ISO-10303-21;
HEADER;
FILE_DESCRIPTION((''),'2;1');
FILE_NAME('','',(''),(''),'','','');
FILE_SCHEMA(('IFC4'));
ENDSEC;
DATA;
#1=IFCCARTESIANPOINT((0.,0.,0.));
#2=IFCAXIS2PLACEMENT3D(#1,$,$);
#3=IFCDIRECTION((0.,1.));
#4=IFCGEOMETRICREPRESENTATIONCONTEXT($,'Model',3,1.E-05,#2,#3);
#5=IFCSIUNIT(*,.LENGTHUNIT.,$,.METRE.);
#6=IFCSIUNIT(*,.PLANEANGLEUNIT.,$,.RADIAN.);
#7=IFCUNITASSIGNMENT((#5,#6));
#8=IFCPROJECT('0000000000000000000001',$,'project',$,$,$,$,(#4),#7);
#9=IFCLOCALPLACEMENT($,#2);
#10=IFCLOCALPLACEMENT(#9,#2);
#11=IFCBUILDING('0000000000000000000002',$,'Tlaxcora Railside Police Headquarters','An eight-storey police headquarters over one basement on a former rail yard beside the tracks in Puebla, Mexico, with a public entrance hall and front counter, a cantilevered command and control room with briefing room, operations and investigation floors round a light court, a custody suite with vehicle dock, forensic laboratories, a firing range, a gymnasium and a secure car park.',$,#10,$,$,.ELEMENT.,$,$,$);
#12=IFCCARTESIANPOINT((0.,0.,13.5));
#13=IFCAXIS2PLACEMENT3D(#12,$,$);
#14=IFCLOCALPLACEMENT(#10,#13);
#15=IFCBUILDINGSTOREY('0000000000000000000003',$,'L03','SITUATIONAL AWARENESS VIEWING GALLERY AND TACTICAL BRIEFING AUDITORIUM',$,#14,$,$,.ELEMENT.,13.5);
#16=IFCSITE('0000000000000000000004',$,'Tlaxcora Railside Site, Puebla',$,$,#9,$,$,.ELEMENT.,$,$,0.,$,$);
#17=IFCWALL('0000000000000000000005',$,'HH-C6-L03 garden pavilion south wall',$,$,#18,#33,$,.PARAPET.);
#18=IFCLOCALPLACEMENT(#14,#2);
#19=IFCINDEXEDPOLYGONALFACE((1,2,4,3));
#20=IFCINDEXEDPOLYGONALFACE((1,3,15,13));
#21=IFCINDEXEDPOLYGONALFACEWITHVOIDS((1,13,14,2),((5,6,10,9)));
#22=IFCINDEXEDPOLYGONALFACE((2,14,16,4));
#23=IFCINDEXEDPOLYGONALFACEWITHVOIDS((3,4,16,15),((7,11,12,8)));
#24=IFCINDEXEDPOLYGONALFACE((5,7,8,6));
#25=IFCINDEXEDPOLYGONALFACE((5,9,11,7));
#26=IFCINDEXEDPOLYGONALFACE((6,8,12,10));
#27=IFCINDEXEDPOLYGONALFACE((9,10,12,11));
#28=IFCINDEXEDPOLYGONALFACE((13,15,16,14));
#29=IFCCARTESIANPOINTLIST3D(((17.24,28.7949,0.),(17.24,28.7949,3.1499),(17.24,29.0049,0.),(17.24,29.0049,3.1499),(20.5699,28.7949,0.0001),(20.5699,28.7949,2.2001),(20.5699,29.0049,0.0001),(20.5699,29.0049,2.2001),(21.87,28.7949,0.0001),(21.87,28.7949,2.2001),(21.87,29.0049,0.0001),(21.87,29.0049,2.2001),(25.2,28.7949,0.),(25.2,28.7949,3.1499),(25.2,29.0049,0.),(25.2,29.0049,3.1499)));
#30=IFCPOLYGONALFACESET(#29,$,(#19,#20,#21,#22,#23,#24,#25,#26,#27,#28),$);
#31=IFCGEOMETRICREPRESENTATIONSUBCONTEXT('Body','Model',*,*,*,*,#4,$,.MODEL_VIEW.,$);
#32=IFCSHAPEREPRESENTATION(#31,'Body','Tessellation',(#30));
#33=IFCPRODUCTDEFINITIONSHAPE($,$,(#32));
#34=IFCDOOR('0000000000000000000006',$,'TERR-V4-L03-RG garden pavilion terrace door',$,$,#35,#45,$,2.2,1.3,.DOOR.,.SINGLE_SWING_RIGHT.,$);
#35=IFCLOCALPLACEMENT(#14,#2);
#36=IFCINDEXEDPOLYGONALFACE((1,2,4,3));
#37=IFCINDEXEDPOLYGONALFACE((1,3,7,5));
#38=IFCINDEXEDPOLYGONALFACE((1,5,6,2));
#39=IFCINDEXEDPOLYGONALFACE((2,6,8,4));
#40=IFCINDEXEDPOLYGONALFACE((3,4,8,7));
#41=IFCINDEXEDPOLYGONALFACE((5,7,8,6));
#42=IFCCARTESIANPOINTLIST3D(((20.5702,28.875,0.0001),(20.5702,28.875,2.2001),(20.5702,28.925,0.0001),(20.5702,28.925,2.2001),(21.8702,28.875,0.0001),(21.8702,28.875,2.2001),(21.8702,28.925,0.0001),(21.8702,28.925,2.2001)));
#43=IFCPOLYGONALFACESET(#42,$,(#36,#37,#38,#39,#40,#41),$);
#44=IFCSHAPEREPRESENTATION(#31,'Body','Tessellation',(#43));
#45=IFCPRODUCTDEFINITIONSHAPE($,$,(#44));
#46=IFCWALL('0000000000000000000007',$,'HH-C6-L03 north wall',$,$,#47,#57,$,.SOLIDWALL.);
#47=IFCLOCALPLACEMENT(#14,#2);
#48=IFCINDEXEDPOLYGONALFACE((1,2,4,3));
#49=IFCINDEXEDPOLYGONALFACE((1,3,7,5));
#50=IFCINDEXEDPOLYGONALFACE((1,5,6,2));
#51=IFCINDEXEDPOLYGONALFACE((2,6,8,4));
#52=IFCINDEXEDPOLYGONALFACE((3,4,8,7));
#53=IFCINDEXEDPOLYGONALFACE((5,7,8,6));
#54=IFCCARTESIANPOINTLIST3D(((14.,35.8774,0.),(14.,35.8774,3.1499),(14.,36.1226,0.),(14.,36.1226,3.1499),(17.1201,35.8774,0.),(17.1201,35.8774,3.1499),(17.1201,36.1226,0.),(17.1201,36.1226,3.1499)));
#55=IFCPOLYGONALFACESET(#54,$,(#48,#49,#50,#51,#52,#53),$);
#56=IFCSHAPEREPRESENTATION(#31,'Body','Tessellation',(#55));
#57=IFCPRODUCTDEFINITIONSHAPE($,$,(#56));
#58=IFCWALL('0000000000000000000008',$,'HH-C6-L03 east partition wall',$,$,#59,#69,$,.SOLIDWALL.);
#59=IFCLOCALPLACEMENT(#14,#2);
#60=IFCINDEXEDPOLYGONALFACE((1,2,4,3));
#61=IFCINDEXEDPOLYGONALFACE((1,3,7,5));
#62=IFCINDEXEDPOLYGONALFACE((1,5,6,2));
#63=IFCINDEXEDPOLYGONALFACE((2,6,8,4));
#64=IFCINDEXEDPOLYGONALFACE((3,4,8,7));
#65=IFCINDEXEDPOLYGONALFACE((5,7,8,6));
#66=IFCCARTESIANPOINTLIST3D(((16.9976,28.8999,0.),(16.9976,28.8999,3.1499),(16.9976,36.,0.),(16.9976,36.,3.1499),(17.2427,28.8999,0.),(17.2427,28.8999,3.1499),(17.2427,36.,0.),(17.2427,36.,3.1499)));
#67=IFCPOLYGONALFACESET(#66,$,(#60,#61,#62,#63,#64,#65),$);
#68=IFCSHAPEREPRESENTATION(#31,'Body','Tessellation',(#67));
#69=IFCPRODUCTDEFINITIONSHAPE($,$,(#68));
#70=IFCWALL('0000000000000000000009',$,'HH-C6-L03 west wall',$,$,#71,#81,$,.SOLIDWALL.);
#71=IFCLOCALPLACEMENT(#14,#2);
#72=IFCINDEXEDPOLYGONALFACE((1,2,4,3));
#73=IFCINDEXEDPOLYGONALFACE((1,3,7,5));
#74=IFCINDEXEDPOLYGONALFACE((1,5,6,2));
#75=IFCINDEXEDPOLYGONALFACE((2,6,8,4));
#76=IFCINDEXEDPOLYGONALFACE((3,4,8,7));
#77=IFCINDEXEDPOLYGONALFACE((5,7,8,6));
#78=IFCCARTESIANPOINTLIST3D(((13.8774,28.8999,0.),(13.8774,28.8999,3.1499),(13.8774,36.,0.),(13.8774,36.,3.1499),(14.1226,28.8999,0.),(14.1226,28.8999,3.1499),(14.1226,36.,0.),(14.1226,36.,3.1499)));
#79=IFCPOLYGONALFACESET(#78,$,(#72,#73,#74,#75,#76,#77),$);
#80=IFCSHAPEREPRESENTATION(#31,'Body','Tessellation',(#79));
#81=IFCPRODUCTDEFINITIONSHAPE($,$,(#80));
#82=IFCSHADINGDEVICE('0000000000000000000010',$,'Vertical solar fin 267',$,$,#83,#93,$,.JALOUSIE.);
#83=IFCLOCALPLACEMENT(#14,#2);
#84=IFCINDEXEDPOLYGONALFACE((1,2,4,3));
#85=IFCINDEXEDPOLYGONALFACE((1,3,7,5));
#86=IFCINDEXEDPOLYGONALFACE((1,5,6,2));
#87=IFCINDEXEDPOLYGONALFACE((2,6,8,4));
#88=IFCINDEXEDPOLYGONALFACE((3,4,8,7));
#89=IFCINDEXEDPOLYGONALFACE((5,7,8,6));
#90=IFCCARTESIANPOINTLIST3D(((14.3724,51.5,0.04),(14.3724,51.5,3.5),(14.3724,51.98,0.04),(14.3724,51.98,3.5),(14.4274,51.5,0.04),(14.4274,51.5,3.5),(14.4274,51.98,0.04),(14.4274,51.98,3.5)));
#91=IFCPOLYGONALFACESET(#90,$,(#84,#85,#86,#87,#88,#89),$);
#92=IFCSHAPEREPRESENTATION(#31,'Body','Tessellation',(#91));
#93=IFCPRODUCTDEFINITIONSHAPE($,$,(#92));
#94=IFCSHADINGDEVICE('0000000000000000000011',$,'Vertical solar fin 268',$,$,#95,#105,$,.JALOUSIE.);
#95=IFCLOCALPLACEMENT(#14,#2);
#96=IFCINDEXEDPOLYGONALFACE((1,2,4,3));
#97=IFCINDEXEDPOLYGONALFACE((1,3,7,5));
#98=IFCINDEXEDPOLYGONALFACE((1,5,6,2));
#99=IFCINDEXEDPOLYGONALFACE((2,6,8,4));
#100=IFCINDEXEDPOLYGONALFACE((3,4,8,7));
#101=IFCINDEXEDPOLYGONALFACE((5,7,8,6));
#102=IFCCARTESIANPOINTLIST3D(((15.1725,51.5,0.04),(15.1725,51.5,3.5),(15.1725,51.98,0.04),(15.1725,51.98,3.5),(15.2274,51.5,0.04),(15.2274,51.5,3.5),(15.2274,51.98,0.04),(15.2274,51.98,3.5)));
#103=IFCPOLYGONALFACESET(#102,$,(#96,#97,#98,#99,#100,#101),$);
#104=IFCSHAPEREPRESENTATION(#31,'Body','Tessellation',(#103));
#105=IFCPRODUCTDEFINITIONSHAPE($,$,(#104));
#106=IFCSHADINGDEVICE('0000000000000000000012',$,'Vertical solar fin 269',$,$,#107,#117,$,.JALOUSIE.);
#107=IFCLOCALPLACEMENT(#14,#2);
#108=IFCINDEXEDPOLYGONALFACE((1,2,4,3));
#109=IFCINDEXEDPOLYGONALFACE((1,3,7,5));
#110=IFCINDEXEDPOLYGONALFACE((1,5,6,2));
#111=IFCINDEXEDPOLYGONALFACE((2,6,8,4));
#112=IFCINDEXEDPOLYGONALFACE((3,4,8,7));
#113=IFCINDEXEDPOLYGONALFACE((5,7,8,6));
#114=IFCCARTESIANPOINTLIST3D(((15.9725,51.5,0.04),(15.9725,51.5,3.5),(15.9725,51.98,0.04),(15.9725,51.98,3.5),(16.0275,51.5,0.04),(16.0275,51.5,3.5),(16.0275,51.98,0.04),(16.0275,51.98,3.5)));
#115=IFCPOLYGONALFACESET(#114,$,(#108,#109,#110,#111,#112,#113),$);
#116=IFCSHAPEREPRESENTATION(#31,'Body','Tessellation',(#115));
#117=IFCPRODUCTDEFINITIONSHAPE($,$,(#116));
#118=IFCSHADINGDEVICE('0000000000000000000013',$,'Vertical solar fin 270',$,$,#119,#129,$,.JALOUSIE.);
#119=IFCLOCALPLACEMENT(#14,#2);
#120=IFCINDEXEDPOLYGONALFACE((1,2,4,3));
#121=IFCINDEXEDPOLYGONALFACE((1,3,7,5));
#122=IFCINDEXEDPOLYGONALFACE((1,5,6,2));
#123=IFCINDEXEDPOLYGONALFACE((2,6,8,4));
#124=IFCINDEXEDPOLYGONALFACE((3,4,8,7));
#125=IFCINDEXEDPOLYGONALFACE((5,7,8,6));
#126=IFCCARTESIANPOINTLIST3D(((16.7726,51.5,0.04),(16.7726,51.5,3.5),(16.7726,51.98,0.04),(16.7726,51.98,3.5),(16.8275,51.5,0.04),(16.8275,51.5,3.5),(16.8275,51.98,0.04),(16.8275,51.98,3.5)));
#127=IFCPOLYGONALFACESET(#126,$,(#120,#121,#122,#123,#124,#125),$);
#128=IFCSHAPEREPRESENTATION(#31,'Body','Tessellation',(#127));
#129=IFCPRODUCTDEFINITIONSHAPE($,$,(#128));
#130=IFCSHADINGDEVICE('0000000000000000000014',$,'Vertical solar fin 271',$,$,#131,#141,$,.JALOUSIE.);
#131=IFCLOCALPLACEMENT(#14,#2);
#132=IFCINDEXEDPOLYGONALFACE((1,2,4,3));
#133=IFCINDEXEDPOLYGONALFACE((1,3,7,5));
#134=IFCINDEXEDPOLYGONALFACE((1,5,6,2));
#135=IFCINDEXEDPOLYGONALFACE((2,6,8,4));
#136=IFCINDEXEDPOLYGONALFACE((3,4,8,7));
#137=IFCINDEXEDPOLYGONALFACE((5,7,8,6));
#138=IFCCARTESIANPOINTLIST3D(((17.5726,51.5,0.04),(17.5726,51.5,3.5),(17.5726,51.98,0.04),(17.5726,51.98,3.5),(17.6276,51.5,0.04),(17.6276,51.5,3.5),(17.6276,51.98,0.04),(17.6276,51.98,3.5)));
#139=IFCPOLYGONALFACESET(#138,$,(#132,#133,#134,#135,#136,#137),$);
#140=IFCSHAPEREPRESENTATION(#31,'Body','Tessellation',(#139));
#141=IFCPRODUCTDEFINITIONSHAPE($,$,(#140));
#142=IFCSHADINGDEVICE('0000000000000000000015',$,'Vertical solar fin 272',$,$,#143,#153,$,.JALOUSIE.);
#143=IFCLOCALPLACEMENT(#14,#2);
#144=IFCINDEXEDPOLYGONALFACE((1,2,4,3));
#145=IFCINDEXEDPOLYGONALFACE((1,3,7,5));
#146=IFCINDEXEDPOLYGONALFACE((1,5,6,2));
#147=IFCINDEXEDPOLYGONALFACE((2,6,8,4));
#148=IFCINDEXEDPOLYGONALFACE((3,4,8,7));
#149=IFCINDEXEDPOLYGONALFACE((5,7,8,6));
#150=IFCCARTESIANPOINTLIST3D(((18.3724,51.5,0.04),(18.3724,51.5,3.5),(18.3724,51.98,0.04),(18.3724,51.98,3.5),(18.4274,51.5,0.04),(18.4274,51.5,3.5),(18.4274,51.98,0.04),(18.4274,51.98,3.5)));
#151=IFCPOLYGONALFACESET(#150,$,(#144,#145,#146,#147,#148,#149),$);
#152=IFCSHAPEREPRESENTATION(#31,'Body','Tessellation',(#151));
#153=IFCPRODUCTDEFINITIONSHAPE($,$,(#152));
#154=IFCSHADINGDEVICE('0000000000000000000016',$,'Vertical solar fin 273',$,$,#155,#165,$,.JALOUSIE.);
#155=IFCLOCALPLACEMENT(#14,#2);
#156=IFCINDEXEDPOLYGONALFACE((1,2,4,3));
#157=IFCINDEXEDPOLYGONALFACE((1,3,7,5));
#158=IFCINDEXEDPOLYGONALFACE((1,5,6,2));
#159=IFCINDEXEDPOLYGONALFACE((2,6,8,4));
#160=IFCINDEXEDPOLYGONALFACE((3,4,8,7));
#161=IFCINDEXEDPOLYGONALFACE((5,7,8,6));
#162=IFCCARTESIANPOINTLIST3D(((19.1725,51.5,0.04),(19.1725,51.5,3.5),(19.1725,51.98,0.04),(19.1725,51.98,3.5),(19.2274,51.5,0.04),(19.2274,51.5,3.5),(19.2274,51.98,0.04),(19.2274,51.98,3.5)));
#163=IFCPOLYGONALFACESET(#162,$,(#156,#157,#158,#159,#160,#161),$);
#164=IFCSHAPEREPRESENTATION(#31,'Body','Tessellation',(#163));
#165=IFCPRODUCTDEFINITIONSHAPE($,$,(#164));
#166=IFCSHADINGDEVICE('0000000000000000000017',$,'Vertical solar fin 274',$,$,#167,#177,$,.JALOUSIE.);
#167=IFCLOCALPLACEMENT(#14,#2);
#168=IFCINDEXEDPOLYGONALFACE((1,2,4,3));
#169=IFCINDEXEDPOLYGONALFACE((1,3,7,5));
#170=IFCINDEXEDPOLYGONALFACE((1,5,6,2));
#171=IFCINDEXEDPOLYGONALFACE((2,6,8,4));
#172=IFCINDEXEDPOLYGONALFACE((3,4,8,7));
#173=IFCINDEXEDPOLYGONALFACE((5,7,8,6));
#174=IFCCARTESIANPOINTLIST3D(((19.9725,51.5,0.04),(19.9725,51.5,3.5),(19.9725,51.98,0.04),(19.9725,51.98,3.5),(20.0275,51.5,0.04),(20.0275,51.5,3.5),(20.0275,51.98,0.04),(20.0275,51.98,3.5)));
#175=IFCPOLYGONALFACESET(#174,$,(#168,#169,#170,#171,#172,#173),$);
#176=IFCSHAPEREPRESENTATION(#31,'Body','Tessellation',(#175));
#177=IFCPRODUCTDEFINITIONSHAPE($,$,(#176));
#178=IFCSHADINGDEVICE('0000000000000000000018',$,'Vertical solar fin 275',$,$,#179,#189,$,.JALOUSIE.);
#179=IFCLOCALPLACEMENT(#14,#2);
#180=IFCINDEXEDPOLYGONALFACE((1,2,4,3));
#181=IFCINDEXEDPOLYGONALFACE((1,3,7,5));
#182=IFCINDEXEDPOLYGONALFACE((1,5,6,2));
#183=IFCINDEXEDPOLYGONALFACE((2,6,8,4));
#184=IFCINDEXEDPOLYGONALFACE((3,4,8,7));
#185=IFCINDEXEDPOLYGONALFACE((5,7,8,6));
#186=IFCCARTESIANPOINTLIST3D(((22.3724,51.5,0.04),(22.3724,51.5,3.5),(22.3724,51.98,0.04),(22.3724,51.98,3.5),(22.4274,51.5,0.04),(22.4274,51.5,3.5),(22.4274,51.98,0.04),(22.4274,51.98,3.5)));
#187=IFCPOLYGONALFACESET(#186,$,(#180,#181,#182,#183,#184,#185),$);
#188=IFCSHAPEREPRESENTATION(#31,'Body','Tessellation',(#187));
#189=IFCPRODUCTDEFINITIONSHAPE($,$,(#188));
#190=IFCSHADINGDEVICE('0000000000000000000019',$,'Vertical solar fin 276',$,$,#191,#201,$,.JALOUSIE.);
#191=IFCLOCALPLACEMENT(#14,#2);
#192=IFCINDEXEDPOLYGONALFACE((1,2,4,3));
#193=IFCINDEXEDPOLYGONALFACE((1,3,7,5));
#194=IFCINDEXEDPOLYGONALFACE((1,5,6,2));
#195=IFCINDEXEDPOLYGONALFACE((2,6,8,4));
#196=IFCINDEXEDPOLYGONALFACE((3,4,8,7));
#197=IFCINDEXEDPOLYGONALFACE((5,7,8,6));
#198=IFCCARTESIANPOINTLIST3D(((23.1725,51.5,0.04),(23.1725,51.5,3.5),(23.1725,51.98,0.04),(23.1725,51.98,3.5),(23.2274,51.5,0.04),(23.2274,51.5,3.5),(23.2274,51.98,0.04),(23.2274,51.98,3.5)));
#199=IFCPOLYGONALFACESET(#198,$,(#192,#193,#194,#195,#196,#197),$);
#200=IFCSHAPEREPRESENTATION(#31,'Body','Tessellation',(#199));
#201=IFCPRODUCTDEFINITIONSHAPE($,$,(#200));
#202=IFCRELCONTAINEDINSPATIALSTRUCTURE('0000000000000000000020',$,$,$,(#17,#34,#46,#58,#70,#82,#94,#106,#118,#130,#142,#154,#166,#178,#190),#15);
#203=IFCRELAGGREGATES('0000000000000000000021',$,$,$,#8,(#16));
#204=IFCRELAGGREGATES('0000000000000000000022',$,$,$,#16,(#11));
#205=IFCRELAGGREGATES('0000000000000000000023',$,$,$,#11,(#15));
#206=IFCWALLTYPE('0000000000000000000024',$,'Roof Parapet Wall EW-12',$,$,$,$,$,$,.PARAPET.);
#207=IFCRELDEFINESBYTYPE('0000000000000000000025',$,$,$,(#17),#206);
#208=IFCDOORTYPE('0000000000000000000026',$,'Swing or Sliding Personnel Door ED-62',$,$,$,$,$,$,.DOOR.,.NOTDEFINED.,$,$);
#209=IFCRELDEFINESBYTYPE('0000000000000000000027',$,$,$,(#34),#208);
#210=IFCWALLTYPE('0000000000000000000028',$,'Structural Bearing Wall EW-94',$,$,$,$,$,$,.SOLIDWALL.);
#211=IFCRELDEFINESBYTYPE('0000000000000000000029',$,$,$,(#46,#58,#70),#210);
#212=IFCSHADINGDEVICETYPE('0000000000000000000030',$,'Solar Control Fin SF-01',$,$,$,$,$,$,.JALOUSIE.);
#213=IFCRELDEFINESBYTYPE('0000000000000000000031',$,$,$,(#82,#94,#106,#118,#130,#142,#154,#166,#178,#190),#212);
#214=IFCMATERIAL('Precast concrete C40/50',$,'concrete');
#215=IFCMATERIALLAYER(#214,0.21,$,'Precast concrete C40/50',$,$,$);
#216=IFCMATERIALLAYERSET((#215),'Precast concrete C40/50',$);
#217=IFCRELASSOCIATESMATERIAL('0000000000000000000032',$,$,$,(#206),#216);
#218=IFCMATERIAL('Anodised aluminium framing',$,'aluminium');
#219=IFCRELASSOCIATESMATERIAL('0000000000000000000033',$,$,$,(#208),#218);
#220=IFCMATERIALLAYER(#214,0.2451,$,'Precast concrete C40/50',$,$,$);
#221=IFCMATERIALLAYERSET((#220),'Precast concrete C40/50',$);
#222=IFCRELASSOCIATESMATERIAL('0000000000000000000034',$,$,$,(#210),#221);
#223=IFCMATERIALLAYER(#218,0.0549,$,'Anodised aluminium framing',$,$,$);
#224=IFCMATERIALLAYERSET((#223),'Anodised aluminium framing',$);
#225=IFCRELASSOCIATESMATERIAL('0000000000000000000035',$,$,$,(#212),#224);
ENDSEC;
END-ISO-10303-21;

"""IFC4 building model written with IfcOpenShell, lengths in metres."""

from ifc_helpers import new_model, si_unit, direction, frame, frame_2d, origin, origin_2d, place, context, subcontext, project, spatial, rectangle, extrude, material, layer, layer_set, type_object, element, fill, save


model = new_model("IFC4")

# Units and contexts
model_context = context("Model", 3, precision=1e-05, world=origin(), true_north=direction((0.0, 1.0)))
body_context = subcontext(model_context, "Body", "Model", "MODEL_VIEW")
ifc_project = project(units=[si_unit("LENGTHUNIT", "METRE"), si_unit("PLANEANGLEUNIT", "RADIAN")], contexts=[model_context])

# Site, building, storey
site_placement = place(None, origin())
site = spatial("IfcSite", under=ifc_project, at=site_placement, Name="Tlaxcora Railside Site, Puebla", CompositionType="ELEMENT", RefElevation=0.0)
building_placement = place(site_placement, origin())
building = spatial("IfcBuilding", under=site, at=building_placement, Name="Tlaxcora Railside Police Headquarters", Description="An eight-storey police headquarters over one basement on a former rail yard beside the tracks in Puebla, Mexico, with a public entrance hall and front counter, a cantilevered command and control room with briefing room, operations and investigation floors round a light court, a custody suite with vehicle dock, forensic laboratories, a firing range, a gymnasium and a secure car park.", CompositionType="ELEMENT")
storey_placement = place(building_placement, frame((0.0, 0.0, 13.5)))
storey = spatial("IfcBuildingStorey", under=building, at=storey_placement, Name="L03", Description="SITUATIONAL AWARENESS VIEWING GALLERY AND TACTICAL BRIEFING AUDITORIUM", CompositionType="ELEMENT", Elevation=13.5)

# Wall, opening, door
ifc_material_1 = material(Name="Precast concrete C40/50", Category="concrete")
ifc_layer_1 = layer(ifc_material_1, 0.21, Name="Precast concrete C40/50")
ifc_layer_set_1 = layer_set([ifc_layer_1], Name="Precast concrete C40/50")
wall_type_1 = type_object("IfcWallType", Name="Roof Parapet Wall EW-12", PredefinedType="PARAPET", material=ifc_layer_set_1)
wall_1_placement = place(storey_placement, frame((17.24, 28.8999, 0.0), z_axis=(0.0, 0.0, 1.0), x_axis=(1.0, 0.0, 0.0)))
wall_1 = element("IfcWall", 1, at=wall_1_placement, inside=storey, type_object=wall_type_1, Name="HH-C6-L03 garden pavilion south wall", PredefinedType="PARAPET", context=body_context, shape_type="SweptSolid", body=[
    extrude(rectangle(XDim=7.96, YDim=0.21, at=frame_2d((3.98, 0.0))), origin(), (0.0, 0.0, 1.0), 3.1499),
])
opening_1_placement = place(wall_1_placement, frame((3.3301, 0.0, 0.0)))
opening_1 = element("IfcOpeningElement", 2, at=opening_1_placement, cuts=wall_1, PredefinedType="OPENING", context=body_context, shape_type="SweptSolid", body=[
    extrude(rectangle(XDim=1.3, YDim=2.2, at=frame_2d((0.6499, 1.1001))), frame((0.0, 0.115, 0.0), z_axis=(0.0, -1.0, 0.0), x_axis=(1.0, 0.0, 0.0)), (0.0, 0.0, 1.0), 0.23),
])
ifc_material_2 = material(Name="Anodised aluminium framing", Category="aluminium")
door_type_1 = type_object("IfcDoorType", Name="Swing or Sliding Personnel Door ED-62", OperationType="NOTDEFINED", PredefinedType="DOOR", material=ifc_material_2)
door_1_placement = place(opening_1_placement, frame((1.3, 0.0, 0.0), z_axis=(0.0, 0.0, 1.0), x_axis=(-1.0, 0.0, 0.0)))
door_1 = element("IfcDoor", 3, at=door_1_placement, inside=storey, type_object=door_type_1, Name="TERR-V4-L03-RG garden pavilion terrace door", OperationType="SINGLE_SWING_RIGHT", OverallHeight=2.2, OverallWidth=1.3, PredefinedType="DOOR", context=body_context, shape_type="SweptSolid", body=[
    extrude(rectangle(XDim=1.3, YDim=2.2, at=frame_2d((0.6499, 1.1001))), frame((0.0, 0.0249, 0.0), z_axis=(0.0, -1.0, 0.0), x_axis=(1.0, 0.0, 0.0)), (0.0, 0.0, 1.0), 0.05),
])
fill(opening_1, door_1)
ifc_layer_2 = layer(ifc_material_1, 0.2451, Name="Precast concrete C40/50")
ifc_layer_set_2 = layer_set([ifc_layer_2], Name="Precast concrete C40/50")
wall_type_2 = type_object("IfcWallType", Name="Structural Bearing Wall EW-94", PredefinedType="SOLIDWALL", material=ifc_layer_set_2)

# Walls
wall_2_placement = place(storey_placement, frame((17.1201, 36.0, 0.0), z_axis=(0.0, 0.0, 1.0), x_axis=(-1.0, 0.0, 0.0)))
element("IfcWall", 4, at=wall_2_placement, inside=storey, type_object=wall_type_2, Name="HH-C6-L03 north wall", PredefinedType="SOLIDWALL", context=body_context, shape_type="SweptSolid", body=[
    extrude(rectangle(XDim=3.1201, YDim=0.2451, at=frame_2d((1.5601, 0.0))), origin(), (0.0, 0.0, 1.0), 3.1499),
])
for number, where, z_axis, x_axis, name in (
    (5, (17.1201, 28.8999, 0.0), (0.0, 0.0, 1.0), (0.0, 1.0, 0.0), "HH-C6-L03 east partition wall"),
    (6, (14.0, 36.0, 0.0), (0.0, 0.0, 1.0), (0.0, -1.0, 0.0), "HH-C6-L03 west wall"),
):
    element("IfcWall", number, at=place(storey_placement, frame(where, z_axis=z_axis, x_axis=x_axis)), inside=storey, type_object=wall_type_2, Name=name, PredefinedType="SOLIDWALL", context=body_context, shape_type="SweptSolid", body=[
        extrude(rectangle(XDim=7.1001, YDim=0.2451, at=frame_2d((3.55, 0.0))), origin(), (0.0, 0.0, 1.0), 3.1499),
    ])

# Shading devices
ifc_layer_3 = layer(ifc_material_2, 0.0549, Name="Anodised aluminium framing")
ifc_layer_set_3 = layer_set([ifc_layer_3], Name="Anodised aluminium framing")
shading_device_type = type_object("IfcShadingDeviceType", Name="Solar Control Fin SF-01", PredefinedType="JALOUSIE", material=ifc_layer_set_3)
for number, where, z_axis, x_axis, name in (
    (7, (14.3999, 51.74, 0.04), (0.0, 0.0, 1.0), (0.0, -1.0, 0.0), "Vertical solar fin 267"),
    (8, (15.2, 51.74, 0.04), (0.0, 0.0, 1.0), (0.0, -1.0, 0.0), "Vertical solar fin 268"),
    (9, (16.0, 51.74, 0.04), (0.0, 0.0, 1.0), (0.0, -1.0, 0.0), "Vertical solar fin 269"),
    (10, (16.8, 51.74, 0.04), (0.0, 0.0, 1.0), (0.0, -1.0, 0.0), "Vertical solar fin 270"),
    (11, (17.6001, 51.74, 0.04), (0.0, 0.0, 1.0), (0.0, -1.0, 0.0), "Vertical solar fin 271"),
    (12, (18.3999, 51.74, 0.04), (0.0, 0.0, 1.0), (0.0, -1.0, 0.0), "Vertical solar fin 272"),
    (13, (19.2, 51.74, 0.04), (0.0, 0.0, 1.0), (0.0, -1.0, 0.0), "Vertical solar fin 273"),
    (14, (20.0, 51.74, 0.04), (0.0, 0.0, 1.0), (0.0, -1.0, 0.0), "Vertical solar fin 274"),
    (15, (22.3999, 51.74, 0.04), (0.0, 0.0, 1.0), (0.0, -1.0, 0.0), "Vertical solar fin 275"),
    (16, (23.2, 51.74, 0.04), (0.0, 0.0, 1.0), (0.0, -1.0, 0.0), "Vertical solar fin 276"),
):
    element("IfcShadingDevice", number, at=place(storey_placement, frame(where, z_axis=z_axis, x_axis=x_axis)), inside=storey, type_object=shading_device_type, Name=name, PredefinedType="JALOUSIE", context=body_context, shape_type="SweptSolid", body=[
        extrude(rectangle(XDim=0.48, YDim=0.0549, at=origin_2d()), origin(), (0.0, 0.0, 1.0), 3.46),
    ])

save(model, "model.ifc")
